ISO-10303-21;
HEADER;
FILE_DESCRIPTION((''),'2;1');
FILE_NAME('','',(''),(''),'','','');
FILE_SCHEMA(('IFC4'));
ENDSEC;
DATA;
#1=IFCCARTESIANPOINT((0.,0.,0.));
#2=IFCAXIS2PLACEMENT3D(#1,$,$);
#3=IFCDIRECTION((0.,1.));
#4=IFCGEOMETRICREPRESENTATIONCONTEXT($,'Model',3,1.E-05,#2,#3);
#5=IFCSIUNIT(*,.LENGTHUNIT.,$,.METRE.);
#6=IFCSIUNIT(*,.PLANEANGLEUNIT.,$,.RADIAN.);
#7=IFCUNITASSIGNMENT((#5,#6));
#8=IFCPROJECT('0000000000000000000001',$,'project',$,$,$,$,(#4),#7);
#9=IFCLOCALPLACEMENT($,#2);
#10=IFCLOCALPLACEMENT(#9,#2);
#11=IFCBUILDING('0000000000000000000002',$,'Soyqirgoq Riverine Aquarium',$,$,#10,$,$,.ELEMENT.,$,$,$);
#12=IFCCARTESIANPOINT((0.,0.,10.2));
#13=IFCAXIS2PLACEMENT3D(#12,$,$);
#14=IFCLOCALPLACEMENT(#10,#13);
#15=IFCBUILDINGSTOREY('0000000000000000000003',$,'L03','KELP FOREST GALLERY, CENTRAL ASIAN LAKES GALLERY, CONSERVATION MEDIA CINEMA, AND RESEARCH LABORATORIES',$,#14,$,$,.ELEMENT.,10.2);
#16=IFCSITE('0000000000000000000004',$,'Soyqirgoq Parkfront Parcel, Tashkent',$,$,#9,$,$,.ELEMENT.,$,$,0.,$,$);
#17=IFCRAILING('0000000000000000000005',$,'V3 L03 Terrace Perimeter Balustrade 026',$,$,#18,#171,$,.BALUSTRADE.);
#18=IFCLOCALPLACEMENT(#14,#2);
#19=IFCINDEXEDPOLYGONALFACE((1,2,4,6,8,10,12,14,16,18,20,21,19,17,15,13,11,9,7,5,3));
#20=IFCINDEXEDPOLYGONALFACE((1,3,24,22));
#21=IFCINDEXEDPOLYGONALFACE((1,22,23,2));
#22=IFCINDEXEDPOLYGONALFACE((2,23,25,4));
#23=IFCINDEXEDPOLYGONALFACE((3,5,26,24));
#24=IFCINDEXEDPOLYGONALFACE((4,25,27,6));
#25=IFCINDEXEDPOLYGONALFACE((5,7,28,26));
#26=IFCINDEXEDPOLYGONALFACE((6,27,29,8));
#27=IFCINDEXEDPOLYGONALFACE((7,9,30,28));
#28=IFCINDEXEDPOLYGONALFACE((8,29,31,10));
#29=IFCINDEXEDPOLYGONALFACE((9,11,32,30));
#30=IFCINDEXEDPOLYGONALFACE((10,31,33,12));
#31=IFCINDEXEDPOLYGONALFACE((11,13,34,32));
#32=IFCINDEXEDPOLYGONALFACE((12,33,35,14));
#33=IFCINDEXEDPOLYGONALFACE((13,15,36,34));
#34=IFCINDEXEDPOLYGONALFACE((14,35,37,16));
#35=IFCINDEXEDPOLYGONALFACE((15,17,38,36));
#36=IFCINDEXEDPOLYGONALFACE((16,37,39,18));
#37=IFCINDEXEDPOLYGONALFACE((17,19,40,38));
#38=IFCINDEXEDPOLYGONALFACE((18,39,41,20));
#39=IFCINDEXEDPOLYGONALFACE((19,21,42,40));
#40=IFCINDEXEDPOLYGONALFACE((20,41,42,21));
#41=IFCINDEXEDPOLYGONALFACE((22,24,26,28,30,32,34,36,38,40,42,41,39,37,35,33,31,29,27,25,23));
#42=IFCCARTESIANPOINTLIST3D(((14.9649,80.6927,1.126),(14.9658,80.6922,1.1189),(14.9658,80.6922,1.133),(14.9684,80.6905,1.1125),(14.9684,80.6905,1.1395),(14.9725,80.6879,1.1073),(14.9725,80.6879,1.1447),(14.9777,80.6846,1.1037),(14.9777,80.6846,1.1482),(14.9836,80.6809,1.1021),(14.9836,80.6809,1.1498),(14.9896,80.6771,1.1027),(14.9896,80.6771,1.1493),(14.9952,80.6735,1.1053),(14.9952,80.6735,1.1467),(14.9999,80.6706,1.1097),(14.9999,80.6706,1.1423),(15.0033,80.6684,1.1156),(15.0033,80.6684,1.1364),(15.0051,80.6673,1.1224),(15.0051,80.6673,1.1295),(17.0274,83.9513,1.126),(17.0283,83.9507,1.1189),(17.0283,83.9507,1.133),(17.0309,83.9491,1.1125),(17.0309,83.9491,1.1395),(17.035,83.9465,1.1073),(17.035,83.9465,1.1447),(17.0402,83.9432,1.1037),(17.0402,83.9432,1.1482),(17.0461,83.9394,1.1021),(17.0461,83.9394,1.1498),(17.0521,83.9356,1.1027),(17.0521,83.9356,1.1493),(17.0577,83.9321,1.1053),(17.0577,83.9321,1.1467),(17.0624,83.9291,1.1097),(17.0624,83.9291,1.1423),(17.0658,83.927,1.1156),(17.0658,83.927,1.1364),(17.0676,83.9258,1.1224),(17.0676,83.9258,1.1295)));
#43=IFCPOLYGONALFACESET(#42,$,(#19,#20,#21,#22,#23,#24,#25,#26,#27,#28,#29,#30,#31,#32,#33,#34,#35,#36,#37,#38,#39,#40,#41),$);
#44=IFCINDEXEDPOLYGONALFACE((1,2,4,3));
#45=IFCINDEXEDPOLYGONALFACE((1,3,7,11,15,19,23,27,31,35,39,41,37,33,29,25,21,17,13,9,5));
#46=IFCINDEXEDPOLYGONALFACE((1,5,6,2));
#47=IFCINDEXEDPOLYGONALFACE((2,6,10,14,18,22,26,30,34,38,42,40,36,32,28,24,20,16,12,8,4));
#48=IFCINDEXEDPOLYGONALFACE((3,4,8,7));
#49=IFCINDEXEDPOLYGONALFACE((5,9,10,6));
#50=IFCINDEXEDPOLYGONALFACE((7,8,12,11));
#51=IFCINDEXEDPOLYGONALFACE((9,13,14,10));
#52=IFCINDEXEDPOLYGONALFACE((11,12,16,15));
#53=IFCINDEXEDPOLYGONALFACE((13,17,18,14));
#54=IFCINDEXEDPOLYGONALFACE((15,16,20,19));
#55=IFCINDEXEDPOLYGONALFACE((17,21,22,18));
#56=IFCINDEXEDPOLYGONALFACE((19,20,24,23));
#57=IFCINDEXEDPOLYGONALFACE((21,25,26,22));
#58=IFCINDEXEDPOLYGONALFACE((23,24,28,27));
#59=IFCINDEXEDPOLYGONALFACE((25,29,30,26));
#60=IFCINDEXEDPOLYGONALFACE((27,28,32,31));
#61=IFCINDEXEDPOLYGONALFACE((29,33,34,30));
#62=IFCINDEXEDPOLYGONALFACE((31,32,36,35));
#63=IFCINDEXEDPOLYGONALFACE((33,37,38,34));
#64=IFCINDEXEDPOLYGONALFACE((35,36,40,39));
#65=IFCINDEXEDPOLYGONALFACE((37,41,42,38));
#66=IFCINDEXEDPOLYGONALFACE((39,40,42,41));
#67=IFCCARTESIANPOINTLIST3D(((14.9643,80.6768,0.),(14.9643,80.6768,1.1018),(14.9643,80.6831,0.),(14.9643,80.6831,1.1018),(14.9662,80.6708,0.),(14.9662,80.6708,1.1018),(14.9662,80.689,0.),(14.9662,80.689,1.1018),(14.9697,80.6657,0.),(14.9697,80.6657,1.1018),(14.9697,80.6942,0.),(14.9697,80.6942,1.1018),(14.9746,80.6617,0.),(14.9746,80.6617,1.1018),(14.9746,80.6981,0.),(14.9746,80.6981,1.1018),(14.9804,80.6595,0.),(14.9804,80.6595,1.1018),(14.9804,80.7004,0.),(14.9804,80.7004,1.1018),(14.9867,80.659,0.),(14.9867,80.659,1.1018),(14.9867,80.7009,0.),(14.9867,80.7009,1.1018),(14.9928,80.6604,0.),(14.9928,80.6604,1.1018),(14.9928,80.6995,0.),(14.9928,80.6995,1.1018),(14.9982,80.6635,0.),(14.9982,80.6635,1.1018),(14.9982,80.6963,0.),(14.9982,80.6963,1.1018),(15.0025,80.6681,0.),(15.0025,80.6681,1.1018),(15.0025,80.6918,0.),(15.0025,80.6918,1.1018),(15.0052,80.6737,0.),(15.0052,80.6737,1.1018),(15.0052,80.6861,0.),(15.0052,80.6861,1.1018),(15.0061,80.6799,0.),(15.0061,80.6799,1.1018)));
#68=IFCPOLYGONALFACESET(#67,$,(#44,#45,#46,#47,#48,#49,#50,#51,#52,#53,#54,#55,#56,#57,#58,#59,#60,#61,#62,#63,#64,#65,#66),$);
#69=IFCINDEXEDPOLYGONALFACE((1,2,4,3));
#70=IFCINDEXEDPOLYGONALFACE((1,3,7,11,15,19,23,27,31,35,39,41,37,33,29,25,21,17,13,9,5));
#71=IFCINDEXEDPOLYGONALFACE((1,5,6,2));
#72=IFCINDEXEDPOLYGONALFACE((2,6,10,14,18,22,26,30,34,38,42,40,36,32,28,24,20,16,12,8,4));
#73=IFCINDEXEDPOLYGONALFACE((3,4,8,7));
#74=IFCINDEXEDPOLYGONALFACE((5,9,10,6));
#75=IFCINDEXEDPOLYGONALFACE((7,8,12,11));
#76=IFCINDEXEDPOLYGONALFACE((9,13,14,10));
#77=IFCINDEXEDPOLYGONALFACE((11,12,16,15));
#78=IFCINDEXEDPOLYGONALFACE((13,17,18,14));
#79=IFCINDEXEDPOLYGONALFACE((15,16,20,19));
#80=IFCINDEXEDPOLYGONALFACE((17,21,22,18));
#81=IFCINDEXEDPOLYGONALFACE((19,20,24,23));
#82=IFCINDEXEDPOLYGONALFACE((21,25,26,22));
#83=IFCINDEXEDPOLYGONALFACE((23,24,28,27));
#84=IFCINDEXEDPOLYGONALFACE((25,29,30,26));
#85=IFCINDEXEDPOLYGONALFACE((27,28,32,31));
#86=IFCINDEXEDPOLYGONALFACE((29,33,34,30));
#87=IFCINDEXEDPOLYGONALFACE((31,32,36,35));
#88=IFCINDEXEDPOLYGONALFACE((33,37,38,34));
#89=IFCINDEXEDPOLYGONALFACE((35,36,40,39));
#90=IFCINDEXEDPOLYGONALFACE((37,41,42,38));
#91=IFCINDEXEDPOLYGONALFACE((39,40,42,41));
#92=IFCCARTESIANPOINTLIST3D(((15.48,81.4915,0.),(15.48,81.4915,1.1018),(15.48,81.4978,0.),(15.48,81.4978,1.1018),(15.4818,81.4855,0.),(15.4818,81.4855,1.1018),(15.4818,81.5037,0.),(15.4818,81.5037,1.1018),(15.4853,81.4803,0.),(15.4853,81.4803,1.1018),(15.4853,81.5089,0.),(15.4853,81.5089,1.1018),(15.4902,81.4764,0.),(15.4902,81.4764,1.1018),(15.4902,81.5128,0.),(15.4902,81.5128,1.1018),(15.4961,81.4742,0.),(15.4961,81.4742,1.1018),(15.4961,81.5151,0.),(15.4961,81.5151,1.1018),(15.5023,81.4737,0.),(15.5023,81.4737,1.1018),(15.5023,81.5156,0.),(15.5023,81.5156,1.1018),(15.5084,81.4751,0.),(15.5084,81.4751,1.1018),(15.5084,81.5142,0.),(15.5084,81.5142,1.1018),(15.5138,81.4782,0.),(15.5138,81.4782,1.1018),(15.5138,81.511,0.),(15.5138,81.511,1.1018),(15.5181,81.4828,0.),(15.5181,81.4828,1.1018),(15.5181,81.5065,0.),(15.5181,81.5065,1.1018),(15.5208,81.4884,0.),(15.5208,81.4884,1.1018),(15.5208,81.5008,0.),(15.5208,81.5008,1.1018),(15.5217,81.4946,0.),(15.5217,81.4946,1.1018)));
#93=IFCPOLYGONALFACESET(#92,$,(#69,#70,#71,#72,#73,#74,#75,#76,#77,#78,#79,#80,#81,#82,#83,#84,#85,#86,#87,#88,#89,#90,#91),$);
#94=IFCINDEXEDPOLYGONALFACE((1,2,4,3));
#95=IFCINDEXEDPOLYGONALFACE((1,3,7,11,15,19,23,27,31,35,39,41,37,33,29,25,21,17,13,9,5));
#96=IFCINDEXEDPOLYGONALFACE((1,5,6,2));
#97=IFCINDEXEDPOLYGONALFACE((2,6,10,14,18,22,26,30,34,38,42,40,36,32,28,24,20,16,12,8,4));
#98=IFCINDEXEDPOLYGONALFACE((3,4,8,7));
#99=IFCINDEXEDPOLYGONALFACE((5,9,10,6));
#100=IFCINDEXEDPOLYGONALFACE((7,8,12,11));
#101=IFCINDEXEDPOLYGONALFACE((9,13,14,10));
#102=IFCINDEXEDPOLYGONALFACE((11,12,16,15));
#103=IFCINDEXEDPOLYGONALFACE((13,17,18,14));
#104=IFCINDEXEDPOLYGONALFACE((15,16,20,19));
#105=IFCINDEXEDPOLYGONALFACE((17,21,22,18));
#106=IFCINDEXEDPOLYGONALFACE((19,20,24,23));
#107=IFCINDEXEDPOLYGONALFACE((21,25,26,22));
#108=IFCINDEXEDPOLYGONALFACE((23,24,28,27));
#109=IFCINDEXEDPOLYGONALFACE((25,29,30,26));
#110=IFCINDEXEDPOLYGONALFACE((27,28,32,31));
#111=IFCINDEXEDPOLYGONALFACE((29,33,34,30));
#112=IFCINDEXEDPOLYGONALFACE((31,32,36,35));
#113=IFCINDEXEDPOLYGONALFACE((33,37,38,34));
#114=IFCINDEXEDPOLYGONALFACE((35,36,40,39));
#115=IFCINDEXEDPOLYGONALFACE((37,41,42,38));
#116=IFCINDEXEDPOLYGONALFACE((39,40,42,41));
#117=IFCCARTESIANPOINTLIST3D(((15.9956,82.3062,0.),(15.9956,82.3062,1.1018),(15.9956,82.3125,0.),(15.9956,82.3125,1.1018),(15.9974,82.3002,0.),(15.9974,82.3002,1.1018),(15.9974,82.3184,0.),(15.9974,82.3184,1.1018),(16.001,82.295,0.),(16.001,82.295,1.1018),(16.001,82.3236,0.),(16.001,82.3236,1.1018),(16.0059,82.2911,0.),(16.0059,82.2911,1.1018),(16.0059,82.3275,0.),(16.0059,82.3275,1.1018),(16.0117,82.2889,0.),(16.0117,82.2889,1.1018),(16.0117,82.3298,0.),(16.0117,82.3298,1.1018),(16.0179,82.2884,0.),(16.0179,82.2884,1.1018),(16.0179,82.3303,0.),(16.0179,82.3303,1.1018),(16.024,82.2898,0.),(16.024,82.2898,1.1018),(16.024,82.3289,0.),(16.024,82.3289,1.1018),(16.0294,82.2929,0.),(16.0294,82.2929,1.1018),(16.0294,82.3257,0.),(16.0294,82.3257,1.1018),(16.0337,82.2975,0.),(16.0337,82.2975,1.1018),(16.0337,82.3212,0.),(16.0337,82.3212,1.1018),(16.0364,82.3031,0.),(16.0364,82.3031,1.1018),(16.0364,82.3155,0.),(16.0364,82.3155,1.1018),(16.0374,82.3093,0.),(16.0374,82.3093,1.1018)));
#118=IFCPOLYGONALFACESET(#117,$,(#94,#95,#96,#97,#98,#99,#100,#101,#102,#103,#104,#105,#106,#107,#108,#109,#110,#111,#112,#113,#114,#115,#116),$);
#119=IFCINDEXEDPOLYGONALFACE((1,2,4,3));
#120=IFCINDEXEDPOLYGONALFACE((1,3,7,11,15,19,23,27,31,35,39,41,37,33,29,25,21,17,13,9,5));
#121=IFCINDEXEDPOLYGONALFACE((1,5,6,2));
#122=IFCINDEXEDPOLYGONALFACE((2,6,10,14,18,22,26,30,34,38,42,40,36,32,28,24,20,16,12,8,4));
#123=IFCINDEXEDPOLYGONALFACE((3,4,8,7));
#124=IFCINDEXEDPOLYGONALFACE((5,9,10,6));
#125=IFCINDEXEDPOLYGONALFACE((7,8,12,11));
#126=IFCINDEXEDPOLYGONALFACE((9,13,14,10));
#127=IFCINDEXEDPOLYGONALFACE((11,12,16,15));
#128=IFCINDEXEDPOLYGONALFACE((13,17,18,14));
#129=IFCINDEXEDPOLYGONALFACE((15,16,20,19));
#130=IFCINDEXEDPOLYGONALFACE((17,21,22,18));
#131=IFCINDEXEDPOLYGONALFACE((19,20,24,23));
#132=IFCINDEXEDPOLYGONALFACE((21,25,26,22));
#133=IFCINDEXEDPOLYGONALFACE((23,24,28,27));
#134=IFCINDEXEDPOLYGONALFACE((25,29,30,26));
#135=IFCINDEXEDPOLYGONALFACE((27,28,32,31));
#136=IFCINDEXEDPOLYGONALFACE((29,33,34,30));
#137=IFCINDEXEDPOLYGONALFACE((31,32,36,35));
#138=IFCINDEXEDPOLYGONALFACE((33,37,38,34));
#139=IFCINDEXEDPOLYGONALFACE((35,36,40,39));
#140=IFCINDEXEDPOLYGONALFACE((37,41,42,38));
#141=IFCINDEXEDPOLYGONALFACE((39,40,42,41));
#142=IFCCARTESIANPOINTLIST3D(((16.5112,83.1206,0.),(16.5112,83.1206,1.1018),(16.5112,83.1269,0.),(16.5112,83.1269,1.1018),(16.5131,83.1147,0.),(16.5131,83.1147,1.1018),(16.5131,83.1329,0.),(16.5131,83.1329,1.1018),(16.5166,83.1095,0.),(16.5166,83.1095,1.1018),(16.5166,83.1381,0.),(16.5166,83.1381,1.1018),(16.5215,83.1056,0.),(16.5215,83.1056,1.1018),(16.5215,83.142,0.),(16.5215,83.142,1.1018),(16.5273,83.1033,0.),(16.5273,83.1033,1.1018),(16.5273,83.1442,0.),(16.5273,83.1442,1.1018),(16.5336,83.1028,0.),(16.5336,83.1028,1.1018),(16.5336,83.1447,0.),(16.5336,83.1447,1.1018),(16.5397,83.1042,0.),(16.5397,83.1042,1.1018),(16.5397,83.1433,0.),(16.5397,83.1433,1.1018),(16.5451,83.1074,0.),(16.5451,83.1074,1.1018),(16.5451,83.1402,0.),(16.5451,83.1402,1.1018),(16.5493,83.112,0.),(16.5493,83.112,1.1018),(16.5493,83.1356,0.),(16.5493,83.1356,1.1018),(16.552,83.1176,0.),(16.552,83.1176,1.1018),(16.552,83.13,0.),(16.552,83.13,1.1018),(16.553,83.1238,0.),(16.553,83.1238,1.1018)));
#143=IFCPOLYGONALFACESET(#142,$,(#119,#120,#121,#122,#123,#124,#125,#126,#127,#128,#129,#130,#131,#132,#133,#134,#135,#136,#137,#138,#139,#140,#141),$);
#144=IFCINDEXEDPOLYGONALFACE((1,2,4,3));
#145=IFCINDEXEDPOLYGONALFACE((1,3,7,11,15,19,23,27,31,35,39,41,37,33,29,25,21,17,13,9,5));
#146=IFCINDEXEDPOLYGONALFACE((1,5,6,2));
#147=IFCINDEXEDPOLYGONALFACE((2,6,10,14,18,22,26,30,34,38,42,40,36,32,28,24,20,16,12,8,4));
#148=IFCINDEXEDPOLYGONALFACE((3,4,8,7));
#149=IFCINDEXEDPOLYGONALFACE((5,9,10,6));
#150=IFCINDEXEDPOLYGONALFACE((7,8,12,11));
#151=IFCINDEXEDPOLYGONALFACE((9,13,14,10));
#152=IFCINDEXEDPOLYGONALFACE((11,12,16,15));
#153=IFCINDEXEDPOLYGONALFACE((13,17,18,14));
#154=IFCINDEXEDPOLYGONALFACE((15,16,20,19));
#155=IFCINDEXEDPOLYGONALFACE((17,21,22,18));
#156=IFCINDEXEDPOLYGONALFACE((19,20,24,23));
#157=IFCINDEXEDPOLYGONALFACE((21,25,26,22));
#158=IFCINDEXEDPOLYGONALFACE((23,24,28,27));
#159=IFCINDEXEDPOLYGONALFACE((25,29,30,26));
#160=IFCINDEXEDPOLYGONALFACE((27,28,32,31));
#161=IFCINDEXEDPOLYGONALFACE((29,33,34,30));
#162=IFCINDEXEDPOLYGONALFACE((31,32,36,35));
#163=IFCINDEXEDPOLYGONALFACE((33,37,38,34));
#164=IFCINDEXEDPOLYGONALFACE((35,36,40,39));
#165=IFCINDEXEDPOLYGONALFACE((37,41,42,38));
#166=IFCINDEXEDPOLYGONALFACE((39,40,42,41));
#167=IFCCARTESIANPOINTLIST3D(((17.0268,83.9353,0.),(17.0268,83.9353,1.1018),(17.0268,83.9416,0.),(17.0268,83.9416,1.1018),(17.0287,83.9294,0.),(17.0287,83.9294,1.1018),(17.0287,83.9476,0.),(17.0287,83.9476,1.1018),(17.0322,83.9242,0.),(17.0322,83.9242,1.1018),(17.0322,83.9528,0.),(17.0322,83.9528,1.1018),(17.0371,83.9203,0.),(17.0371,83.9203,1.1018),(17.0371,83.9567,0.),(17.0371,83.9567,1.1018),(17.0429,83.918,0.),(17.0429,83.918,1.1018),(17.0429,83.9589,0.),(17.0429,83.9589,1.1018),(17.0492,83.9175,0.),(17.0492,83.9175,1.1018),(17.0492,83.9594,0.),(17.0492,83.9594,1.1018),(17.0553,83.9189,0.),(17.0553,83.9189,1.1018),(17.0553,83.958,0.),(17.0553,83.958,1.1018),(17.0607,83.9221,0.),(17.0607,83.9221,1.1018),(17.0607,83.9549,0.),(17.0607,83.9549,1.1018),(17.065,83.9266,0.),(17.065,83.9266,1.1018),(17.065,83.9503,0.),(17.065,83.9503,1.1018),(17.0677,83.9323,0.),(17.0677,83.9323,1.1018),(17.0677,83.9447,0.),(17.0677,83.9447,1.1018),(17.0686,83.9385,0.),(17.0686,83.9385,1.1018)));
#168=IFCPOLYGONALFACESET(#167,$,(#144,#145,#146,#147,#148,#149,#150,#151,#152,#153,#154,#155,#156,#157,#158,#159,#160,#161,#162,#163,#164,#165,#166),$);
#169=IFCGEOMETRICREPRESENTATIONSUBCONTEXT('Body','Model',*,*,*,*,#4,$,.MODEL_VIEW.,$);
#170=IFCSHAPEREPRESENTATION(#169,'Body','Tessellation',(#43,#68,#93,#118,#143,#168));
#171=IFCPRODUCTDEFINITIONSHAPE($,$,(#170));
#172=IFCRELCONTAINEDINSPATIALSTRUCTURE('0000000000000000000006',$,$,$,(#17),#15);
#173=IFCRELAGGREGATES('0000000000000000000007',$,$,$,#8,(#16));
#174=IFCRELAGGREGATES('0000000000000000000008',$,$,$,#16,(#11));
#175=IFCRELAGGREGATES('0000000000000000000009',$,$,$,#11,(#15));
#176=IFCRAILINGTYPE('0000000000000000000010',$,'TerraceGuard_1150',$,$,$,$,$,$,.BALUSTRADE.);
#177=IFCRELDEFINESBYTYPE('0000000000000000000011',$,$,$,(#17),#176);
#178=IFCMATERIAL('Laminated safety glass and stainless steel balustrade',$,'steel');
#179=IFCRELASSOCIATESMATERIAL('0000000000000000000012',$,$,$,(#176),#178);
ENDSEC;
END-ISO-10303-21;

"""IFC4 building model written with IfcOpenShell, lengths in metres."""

from ifc_helpers import new_model, si_unit, direction, frame, origin, origin_2d, place, context, subcontext, project, spatial, circle, extrude, material, type_object, element, save


model = new_model("IFC4")

# Units and contexts
model_context = context("Model", 3, precision=1e-05, world=origin(), true_north=direction((0.0, 1.0)))
body_context = subcontext(model_context, "Body", "Model", "MODEL_VIEW")
ifc_project = project(units=[si_unit("LENGTHUNIT", "METRE"), si_unit("PLANEANGLEUNIT", "RADIAN")], contexts=[model_context])

# Site, building, storey
site_placement = place(None, origin())
site = spatial("IfcSite", under=ifc_project, at=site_placement, Name="Soyqirgoq Parkfront Parcel, Tashkent", CompositionType="ELEMENT", RefElevation=0.0)
building_placement = place(site_placement, origin())
building = spatial("IfcBuilding", under=site, at=building_placement, Name="Soyqirgoq Riverine Aquarium", CompositionType="ELEMENT")
storey_placement = place(building_placement, frame((0.0, 0.0, 10.2)))
storey = spatial("IfcBuildingStorey", under=building, at=storey_placement, Name="L03", Description="KELP FOREST GALLERY, CENTRAL ASIAN LAKES GALLERY, CONSERVATION MEDIA CINEMA, AND RESEARCH LABORATORIES", CompositionType="ELEMENT", Elevation=10.2)

# Railing
ifc_material_1 = material(Name="Laminated safety glass and stainless steel balustrade", Category="steel")
railing_type = type_object("IfcRailingType", Name="TerraceGuard_1150", PredefinedType="BALUSTRADE", material=ifc_material_1)
railing_1_placement = place(storey_placement, frame((14.9851, 80.6799, 0.0)))
element("IfcRailing", 1, at=railing_1_placement, inside=storey, type_object=railing_type, Name="V3 L03 Terrace Perimeter Balustrade 026", PredefinedType="BALUSTRADE", context=body_context, shape_type="SweptSolid", body=[
    extrude(circle(Radius=0.0239, at=origin_2d()), frame((0.0, 0.0, 1.126), z_axis=(0.534822, 0.844965, 0.0), x_axis=(-0.844965, 0.534822, 0.0)), (0.0, 0.0, 1.0), 3.8564),
    extrude(circle(Radius=0.021, at=origin_2d()), origin(), (0.0, 0.0, 1.0), 1.1018),
    extrude(circle(Radius=0.021, at=origin_2d()), frame((0.5156, 0.8147, 0.0)), (0.0, 0.0, 1.0), 1.1018),
    extrude(circle(Radius=0.021, at=origin_2d()), frame((1.0312, 1.6294, 0.0)), (0.0, 0.0, 1.0), 1.1018),
    extrude(circle(Radius=0.021, at=origin_2d()), frame((1.5469, 2.4438, 0.0)), (0.0, 0.0, 1.0), 1.1018),
    extrude(circle(Radius=0.021, at=origin_2d()), frame((2.0625, 3.2585, 0.0)), (0.0, 0.0, 1.0), 1.1018),
])

save(model, "model.ifc")
